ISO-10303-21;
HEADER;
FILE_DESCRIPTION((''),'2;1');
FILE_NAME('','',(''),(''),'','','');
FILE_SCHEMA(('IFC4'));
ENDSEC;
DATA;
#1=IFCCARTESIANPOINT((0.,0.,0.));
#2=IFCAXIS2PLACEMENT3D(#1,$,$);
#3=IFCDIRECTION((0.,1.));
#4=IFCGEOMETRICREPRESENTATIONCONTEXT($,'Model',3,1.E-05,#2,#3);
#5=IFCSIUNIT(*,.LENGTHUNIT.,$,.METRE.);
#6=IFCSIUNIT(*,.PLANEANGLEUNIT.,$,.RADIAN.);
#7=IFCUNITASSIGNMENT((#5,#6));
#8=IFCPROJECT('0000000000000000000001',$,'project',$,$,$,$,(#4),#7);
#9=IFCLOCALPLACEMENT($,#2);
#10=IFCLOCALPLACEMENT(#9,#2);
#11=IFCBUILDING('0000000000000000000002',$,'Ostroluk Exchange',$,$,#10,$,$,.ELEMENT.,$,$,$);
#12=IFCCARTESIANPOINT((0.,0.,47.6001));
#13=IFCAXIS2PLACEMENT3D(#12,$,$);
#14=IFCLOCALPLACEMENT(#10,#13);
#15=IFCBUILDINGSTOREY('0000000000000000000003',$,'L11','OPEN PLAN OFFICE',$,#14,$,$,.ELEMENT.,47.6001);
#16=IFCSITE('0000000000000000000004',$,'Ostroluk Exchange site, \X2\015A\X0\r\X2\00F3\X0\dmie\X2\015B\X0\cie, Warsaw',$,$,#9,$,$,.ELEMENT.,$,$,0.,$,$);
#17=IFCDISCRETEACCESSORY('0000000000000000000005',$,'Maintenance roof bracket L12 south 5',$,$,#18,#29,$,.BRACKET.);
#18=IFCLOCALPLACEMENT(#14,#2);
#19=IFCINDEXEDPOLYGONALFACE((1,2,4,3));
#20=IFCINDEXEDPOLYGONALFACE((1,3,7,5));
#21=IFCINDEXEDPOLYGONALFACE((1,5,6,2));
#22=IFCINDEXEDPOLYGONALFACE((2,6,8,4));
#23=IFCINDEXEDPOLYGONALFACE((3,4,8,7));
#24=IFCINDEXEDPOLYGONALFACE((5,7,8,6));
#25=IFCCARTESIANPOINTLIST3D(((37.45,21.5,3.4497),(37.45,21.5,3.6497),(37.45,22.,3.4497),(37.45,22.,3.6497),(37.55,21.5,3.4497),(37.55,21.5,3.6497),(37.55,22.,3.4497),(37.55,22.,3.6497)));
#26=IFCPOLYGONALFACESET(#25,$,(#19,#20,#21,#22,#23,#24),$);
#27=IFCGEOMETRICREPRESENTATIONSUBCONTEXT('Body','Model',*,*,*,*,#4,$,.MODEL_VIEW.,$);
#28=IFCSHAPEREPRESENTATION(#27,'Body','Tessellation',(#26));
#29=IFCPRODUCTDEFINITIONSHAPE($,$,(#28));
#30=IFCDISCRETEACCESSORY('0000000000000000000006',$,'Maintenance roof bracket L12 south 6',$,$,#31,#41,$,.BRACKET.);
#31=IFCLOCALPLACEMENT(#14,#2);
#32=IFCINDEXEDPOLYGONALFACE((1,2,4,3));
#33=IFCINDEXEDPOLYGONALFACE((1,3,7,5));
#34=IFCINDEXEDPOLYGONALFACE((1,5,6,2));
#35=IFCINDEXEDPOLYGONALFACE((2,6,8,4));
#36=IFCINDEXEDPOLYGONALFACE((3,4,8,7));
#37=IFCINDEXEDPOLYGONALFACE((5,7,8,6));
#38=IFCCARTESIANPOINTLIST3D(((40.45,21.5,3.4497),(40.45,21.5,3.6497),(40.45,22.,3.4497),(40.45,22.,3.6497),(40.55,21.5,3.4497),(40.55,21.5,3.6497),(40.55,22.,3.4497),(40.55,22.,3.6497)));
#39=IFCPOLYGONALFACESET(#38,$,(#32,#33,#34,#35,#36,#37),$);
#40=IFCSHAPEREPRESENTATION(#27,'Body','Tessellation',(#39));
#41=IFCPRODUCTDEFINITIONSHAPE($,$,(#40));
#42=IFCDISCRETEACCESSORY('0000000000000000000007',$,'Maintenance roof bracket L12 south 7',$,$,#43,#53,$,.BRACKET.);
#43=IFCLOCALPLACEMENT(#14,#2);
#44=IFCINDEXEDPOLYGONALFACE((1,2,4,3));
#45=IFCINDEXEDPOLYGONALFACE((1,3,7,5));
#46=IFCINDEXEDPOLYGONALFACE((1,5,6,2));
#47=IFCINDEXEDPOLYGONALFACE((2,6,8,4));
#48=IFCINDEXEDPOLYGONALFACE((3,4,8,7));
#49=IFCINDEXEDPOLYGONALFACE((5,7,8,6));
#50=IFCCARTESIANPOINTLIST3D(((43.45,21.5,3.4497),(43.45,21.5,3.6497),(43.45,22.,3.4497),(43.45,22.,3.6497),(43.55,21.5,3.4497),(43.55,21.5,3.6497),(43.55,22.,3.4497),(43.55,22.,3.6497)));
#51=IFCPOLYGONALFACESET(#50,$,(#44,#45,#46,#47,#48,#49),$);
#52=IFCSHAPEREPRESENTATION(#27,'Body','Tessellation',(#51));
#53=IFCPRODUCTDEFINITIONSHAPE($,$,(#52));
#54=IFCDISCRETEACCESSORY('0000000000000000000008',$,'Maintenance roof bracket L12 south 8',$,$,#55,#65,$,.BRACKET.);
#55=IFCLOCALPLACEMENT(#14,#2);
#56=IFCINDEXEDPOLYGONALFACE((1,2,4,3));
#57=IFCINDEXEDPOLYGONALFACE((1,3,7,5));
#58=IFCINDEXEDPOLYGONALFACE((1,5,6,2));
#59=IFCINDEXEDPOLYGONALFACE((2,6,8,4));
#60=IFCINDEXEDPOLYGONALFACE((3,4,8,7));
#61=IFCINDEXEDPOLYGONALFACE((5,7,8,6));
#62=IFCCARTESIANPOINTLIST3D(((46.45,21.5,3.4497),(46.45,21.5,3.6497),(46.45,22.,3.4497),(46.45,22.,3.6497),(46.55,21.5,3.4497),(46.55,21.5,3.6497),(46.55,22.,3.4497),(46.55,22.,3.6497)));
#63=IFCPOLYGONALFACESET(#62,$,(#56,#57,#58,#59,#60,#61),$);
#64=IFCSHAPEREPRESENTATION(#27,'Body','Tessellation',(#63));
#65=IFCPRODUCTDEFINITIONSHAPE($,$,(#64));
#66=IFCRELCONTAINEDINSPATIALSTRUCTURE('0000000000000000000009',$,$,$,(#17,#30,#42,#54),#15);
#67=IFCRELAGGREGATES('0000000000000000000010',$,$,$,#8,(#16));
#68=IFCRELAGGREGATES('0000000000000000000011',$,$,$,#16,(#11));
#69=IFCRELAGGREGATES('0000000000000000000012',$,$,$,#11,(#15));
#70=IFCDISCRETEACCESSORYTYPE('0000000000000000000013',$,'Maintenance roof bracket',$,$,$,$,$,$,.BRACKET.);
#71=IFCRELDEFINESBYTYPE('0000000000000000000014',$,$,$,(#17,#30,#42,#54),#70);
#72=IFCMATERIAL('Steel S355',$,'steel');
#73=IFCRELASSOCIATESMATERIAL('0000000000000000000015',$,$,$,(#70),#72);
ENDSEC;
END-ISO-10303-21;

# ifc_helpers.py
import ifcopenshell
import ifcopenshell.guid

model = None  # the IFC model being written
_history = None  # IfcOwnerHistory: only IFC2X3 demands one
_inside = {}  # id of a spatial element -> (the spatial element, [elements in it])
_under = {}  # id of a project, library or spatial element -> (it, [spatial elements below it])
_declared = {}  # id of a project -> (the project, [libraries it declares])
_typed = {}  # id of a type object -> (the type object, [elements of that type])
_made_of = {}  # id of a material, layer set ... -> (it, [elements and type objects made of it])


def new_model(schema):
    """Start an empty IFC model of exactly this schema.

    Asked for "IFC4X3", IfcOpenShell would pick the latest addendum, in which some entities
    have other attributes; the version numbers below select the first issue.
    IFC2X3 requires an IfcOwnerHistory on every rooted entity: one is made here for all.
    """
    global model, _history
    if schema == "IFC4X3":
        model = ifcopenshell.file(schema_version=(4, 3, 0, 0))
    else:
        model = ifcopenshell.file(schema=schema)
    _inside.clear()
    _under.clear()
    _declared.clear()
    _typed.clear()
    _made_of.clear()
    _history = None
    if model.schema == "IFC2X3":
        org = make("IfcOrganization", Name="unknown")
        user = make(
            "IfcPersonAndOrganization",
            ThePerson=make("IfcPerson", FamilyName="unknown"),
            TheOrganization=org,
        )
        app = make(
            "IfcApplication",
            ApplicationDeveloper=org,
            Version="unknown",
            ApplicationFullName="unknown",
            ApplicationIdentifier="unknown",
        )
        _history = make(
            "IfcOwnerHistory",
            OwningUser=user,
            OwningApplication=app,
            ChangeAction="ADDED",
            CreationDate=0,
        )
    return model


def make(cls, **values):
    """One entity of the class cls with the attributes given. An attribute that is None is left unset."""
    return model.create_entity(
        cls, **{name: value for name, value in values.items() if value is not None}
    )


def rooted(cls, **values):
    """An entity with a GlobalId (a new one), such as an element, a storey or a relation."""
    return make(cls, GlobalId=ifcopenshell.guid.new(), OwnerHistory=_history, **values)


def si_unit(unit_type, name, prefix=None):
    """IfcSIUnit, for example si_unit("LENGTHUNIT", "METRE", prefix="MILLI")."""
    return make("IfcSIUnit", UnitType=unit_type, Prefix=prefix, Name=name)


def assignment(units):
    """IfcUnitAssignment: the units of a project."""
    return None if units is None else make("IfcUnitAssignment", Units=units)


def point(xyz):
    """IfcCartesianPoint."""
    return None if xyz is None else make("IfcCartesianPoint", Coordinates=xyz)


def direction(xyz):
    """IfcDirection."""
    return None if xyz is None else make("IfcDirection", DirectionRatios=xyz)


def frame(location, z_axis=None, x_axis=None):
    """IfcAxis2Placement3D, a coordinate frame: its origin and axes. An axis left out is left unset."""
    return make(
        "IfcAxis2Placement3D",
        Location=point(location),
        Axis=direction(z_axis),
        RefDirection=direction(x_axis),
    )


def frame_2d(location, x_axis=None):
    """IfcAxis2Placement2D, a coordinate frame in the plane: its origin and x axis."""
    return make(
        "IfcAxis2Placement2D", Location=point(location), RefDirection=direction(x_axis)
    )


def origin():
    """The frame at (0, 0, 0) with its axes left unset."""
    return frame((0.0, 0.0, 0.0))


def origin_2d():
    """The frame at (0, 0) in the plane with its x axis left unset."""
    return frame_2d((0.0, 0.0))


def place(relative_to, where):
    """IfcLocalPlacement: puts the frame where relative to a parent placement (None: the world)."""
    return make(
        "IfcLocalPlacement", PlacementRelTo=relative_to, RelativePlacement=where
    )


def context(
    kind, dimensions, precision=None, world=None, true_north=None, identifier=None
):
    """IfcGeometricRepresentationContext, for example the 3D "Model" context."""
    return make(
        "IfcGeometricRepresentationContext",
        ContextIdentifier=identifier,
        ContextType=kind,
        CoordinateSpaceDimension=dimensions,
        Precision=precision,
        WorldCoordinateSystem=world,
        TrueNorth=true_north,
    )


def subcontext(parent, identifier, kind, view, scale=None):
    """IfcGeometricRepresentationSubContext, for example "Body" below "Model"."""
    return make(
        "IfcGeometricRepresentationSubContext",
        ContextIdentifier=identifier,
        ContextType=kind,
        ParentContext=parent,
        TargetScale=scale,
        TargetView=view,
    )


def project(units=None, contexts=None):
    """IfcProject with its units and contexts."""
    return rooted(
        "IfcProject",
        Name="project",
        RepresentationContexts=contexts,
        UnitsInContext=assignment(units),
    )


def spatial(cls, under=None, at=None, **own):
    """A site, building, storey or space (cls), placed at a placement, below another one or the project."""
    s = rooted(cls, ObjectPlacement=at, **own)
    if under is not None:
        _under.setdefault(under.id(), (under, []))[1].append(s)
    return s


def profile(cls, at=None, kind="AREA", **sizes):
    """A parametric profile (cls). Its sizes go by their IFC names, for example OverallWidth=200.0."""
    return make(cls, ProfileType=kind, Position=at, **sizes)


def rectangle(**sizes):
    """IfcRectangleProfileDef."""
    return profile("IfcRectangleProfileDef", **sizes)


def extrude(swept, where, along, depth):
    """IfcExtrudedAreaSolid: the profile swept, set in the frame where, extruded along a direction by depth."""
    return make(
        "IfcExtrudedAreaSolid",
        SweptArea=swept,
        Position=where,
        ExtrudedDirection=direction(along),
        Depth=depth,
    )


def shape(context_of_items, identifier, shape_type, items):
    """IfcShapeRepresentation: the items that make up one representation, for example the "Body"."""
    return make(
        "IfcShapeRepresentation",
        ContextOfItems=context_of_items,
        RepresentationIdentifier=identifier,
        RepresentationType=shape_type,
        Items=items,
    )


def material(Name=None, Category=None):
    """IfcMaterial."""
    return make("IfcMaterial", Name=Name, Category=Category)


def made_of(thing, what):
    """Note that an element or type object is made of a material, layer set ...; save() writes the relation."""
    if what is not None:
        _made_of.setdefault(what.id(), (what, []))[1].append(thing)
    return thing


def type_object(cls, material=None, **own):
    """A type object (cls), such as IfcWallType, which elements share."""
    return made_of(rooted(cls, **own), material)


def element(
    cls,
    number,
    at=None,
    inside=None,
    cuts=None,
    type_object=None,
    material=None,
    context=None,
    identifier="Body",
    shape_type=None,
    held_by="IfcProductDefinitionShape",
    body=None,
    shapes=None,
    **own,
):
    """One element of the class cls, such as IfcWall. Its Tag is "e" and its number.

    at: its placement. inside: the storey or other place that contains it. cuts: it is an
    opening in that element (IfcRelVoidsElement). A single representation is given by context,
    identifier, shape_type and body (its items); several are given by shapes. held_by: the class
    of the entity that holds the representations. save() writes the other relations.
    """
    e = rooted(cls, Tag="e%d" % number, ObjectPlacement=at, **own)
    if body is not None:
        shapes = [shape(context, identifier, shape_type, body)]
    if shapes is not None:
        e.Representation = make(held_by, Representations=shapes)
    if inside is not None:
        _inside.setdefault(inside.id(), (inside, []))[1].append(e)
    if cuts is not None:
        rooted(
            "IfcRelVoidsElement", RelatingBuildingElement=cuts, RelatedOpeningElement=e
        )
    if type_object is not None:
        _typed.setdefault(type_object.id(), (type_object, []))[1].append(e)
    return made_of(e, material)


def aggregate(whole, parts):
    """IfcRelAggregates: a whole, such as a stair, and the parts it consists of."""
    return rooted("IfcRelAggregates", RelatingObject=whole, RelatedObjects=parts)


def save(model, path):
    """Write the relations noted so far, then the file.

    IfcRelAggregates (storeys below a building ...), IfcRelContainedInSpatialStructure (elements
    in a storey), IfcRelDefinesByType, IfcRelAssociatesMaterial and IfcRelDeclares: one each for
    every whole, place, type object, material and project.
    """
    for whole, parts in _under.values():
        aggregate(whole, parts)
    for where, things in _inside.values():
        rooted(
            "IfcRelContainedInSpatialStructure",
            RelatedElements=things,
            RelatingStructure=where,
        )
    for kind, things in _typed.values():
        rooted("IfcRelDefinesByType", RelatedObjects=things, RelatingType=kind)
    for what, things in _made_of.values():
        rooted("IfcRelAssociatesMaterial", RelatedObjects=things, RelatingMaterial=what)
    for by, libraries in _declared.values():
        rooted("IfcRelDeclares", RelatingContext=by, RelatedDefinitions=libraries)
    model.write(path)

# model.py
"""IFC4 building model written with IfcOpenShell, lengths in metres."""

from ifc_helpers import new_model, si_unit, direction, frame, origin, origin_2d, place, context, subcontext, project, spatial, rectangle, extrude, material, type_object, element, save


model = new_model("IFC4")

# Units and contexts
model_context = context("Model", 3, precision=1e-05, world=origin(), true_north=direction((0.0, 1.0)))
body_context = subcontext(model_context, "Body", "Model", "MODEL_VIEW")
ifc_project = project(units=[si_unit("LENGTHUNIT", "METRE"), si_unit("PLANEANGLEUNIT", "RADIAN")], contexts=[model_context])

# Site, building, storey
site_placement = place(None, origin())
site = spatial("IfcSite", under=ifc_project, at=site_placement, Name="Ostroluk Exchange site, Śródmieście, Warsaw", CompositionType="ELEMENT", RefElevation=0.0)
building_placement = place(site_placement, origin())
building = spatial("IfcBuilding", under=site, at=building_placement, Name="Ostroluk Exchange", CompositionType="ELEMENT")
storey_placement = place(building_placement, frame((0.0, 0.0, 47.6001)))
storey = spatial("IfcBuildingStorey", under=building, at=storey_placement, Name="L11", Description="OPEN PLAN OFFICE", CompositionType="ELEMENT", Elevation=47.6001)

# Discrete accessories
ifc_material_1 = material(Name="Steel S355", Category="steel")
discrete_accessory_type = type_object("IfcDiscreteAccessoryType", Name="Maintenance roof bracket", PredefinedType="BRACKET", material=ifc_material_1)
for number, where, z_axis, x_axis, name in (
    (1, (37.5, 21.75, 3.4497), (0.0, 0.0, 1.0), (1.0, 0.0, 0.0), "Maintenance roof bracket L12 south 5"),
    (2, (40.5, 21.75, 3.4497), (0.0, 0.0, 1.0), (1.0, 0.0, 0.0), "Maintenance roof bracket L12 south 6"),
    (3, (43.5, 21.75, 3.4497), (0.0, 0.0, 1.0), (1.0, 0.0, 0.0), "Maintenance roof bracket L12 south 7"),
    (4, (46.5, 21.75, 3.4497), (0.0, 0.0, 1.0), (1.0, 0.0, 0.0), "Maintenance roof bracket L12 south 8"),
):
    element("IfcDiscreteAccessory", number, at=place(storey_placement, frame(where, z_axis=z_axis, x_axis=x_axis)), inside=storey, type_object=discrete_accessory_type, Name=name, PredefinedType="BRACKET", context=body_context, shape_type="SweptSolid", body=[
        extrude(rectangle(XDim=0.1001, YDim=0.5, at=origin_2d()), origin(), (0.0, 0.0, 1.0), 0.2),
    ])

save(model, "model.ifc")
